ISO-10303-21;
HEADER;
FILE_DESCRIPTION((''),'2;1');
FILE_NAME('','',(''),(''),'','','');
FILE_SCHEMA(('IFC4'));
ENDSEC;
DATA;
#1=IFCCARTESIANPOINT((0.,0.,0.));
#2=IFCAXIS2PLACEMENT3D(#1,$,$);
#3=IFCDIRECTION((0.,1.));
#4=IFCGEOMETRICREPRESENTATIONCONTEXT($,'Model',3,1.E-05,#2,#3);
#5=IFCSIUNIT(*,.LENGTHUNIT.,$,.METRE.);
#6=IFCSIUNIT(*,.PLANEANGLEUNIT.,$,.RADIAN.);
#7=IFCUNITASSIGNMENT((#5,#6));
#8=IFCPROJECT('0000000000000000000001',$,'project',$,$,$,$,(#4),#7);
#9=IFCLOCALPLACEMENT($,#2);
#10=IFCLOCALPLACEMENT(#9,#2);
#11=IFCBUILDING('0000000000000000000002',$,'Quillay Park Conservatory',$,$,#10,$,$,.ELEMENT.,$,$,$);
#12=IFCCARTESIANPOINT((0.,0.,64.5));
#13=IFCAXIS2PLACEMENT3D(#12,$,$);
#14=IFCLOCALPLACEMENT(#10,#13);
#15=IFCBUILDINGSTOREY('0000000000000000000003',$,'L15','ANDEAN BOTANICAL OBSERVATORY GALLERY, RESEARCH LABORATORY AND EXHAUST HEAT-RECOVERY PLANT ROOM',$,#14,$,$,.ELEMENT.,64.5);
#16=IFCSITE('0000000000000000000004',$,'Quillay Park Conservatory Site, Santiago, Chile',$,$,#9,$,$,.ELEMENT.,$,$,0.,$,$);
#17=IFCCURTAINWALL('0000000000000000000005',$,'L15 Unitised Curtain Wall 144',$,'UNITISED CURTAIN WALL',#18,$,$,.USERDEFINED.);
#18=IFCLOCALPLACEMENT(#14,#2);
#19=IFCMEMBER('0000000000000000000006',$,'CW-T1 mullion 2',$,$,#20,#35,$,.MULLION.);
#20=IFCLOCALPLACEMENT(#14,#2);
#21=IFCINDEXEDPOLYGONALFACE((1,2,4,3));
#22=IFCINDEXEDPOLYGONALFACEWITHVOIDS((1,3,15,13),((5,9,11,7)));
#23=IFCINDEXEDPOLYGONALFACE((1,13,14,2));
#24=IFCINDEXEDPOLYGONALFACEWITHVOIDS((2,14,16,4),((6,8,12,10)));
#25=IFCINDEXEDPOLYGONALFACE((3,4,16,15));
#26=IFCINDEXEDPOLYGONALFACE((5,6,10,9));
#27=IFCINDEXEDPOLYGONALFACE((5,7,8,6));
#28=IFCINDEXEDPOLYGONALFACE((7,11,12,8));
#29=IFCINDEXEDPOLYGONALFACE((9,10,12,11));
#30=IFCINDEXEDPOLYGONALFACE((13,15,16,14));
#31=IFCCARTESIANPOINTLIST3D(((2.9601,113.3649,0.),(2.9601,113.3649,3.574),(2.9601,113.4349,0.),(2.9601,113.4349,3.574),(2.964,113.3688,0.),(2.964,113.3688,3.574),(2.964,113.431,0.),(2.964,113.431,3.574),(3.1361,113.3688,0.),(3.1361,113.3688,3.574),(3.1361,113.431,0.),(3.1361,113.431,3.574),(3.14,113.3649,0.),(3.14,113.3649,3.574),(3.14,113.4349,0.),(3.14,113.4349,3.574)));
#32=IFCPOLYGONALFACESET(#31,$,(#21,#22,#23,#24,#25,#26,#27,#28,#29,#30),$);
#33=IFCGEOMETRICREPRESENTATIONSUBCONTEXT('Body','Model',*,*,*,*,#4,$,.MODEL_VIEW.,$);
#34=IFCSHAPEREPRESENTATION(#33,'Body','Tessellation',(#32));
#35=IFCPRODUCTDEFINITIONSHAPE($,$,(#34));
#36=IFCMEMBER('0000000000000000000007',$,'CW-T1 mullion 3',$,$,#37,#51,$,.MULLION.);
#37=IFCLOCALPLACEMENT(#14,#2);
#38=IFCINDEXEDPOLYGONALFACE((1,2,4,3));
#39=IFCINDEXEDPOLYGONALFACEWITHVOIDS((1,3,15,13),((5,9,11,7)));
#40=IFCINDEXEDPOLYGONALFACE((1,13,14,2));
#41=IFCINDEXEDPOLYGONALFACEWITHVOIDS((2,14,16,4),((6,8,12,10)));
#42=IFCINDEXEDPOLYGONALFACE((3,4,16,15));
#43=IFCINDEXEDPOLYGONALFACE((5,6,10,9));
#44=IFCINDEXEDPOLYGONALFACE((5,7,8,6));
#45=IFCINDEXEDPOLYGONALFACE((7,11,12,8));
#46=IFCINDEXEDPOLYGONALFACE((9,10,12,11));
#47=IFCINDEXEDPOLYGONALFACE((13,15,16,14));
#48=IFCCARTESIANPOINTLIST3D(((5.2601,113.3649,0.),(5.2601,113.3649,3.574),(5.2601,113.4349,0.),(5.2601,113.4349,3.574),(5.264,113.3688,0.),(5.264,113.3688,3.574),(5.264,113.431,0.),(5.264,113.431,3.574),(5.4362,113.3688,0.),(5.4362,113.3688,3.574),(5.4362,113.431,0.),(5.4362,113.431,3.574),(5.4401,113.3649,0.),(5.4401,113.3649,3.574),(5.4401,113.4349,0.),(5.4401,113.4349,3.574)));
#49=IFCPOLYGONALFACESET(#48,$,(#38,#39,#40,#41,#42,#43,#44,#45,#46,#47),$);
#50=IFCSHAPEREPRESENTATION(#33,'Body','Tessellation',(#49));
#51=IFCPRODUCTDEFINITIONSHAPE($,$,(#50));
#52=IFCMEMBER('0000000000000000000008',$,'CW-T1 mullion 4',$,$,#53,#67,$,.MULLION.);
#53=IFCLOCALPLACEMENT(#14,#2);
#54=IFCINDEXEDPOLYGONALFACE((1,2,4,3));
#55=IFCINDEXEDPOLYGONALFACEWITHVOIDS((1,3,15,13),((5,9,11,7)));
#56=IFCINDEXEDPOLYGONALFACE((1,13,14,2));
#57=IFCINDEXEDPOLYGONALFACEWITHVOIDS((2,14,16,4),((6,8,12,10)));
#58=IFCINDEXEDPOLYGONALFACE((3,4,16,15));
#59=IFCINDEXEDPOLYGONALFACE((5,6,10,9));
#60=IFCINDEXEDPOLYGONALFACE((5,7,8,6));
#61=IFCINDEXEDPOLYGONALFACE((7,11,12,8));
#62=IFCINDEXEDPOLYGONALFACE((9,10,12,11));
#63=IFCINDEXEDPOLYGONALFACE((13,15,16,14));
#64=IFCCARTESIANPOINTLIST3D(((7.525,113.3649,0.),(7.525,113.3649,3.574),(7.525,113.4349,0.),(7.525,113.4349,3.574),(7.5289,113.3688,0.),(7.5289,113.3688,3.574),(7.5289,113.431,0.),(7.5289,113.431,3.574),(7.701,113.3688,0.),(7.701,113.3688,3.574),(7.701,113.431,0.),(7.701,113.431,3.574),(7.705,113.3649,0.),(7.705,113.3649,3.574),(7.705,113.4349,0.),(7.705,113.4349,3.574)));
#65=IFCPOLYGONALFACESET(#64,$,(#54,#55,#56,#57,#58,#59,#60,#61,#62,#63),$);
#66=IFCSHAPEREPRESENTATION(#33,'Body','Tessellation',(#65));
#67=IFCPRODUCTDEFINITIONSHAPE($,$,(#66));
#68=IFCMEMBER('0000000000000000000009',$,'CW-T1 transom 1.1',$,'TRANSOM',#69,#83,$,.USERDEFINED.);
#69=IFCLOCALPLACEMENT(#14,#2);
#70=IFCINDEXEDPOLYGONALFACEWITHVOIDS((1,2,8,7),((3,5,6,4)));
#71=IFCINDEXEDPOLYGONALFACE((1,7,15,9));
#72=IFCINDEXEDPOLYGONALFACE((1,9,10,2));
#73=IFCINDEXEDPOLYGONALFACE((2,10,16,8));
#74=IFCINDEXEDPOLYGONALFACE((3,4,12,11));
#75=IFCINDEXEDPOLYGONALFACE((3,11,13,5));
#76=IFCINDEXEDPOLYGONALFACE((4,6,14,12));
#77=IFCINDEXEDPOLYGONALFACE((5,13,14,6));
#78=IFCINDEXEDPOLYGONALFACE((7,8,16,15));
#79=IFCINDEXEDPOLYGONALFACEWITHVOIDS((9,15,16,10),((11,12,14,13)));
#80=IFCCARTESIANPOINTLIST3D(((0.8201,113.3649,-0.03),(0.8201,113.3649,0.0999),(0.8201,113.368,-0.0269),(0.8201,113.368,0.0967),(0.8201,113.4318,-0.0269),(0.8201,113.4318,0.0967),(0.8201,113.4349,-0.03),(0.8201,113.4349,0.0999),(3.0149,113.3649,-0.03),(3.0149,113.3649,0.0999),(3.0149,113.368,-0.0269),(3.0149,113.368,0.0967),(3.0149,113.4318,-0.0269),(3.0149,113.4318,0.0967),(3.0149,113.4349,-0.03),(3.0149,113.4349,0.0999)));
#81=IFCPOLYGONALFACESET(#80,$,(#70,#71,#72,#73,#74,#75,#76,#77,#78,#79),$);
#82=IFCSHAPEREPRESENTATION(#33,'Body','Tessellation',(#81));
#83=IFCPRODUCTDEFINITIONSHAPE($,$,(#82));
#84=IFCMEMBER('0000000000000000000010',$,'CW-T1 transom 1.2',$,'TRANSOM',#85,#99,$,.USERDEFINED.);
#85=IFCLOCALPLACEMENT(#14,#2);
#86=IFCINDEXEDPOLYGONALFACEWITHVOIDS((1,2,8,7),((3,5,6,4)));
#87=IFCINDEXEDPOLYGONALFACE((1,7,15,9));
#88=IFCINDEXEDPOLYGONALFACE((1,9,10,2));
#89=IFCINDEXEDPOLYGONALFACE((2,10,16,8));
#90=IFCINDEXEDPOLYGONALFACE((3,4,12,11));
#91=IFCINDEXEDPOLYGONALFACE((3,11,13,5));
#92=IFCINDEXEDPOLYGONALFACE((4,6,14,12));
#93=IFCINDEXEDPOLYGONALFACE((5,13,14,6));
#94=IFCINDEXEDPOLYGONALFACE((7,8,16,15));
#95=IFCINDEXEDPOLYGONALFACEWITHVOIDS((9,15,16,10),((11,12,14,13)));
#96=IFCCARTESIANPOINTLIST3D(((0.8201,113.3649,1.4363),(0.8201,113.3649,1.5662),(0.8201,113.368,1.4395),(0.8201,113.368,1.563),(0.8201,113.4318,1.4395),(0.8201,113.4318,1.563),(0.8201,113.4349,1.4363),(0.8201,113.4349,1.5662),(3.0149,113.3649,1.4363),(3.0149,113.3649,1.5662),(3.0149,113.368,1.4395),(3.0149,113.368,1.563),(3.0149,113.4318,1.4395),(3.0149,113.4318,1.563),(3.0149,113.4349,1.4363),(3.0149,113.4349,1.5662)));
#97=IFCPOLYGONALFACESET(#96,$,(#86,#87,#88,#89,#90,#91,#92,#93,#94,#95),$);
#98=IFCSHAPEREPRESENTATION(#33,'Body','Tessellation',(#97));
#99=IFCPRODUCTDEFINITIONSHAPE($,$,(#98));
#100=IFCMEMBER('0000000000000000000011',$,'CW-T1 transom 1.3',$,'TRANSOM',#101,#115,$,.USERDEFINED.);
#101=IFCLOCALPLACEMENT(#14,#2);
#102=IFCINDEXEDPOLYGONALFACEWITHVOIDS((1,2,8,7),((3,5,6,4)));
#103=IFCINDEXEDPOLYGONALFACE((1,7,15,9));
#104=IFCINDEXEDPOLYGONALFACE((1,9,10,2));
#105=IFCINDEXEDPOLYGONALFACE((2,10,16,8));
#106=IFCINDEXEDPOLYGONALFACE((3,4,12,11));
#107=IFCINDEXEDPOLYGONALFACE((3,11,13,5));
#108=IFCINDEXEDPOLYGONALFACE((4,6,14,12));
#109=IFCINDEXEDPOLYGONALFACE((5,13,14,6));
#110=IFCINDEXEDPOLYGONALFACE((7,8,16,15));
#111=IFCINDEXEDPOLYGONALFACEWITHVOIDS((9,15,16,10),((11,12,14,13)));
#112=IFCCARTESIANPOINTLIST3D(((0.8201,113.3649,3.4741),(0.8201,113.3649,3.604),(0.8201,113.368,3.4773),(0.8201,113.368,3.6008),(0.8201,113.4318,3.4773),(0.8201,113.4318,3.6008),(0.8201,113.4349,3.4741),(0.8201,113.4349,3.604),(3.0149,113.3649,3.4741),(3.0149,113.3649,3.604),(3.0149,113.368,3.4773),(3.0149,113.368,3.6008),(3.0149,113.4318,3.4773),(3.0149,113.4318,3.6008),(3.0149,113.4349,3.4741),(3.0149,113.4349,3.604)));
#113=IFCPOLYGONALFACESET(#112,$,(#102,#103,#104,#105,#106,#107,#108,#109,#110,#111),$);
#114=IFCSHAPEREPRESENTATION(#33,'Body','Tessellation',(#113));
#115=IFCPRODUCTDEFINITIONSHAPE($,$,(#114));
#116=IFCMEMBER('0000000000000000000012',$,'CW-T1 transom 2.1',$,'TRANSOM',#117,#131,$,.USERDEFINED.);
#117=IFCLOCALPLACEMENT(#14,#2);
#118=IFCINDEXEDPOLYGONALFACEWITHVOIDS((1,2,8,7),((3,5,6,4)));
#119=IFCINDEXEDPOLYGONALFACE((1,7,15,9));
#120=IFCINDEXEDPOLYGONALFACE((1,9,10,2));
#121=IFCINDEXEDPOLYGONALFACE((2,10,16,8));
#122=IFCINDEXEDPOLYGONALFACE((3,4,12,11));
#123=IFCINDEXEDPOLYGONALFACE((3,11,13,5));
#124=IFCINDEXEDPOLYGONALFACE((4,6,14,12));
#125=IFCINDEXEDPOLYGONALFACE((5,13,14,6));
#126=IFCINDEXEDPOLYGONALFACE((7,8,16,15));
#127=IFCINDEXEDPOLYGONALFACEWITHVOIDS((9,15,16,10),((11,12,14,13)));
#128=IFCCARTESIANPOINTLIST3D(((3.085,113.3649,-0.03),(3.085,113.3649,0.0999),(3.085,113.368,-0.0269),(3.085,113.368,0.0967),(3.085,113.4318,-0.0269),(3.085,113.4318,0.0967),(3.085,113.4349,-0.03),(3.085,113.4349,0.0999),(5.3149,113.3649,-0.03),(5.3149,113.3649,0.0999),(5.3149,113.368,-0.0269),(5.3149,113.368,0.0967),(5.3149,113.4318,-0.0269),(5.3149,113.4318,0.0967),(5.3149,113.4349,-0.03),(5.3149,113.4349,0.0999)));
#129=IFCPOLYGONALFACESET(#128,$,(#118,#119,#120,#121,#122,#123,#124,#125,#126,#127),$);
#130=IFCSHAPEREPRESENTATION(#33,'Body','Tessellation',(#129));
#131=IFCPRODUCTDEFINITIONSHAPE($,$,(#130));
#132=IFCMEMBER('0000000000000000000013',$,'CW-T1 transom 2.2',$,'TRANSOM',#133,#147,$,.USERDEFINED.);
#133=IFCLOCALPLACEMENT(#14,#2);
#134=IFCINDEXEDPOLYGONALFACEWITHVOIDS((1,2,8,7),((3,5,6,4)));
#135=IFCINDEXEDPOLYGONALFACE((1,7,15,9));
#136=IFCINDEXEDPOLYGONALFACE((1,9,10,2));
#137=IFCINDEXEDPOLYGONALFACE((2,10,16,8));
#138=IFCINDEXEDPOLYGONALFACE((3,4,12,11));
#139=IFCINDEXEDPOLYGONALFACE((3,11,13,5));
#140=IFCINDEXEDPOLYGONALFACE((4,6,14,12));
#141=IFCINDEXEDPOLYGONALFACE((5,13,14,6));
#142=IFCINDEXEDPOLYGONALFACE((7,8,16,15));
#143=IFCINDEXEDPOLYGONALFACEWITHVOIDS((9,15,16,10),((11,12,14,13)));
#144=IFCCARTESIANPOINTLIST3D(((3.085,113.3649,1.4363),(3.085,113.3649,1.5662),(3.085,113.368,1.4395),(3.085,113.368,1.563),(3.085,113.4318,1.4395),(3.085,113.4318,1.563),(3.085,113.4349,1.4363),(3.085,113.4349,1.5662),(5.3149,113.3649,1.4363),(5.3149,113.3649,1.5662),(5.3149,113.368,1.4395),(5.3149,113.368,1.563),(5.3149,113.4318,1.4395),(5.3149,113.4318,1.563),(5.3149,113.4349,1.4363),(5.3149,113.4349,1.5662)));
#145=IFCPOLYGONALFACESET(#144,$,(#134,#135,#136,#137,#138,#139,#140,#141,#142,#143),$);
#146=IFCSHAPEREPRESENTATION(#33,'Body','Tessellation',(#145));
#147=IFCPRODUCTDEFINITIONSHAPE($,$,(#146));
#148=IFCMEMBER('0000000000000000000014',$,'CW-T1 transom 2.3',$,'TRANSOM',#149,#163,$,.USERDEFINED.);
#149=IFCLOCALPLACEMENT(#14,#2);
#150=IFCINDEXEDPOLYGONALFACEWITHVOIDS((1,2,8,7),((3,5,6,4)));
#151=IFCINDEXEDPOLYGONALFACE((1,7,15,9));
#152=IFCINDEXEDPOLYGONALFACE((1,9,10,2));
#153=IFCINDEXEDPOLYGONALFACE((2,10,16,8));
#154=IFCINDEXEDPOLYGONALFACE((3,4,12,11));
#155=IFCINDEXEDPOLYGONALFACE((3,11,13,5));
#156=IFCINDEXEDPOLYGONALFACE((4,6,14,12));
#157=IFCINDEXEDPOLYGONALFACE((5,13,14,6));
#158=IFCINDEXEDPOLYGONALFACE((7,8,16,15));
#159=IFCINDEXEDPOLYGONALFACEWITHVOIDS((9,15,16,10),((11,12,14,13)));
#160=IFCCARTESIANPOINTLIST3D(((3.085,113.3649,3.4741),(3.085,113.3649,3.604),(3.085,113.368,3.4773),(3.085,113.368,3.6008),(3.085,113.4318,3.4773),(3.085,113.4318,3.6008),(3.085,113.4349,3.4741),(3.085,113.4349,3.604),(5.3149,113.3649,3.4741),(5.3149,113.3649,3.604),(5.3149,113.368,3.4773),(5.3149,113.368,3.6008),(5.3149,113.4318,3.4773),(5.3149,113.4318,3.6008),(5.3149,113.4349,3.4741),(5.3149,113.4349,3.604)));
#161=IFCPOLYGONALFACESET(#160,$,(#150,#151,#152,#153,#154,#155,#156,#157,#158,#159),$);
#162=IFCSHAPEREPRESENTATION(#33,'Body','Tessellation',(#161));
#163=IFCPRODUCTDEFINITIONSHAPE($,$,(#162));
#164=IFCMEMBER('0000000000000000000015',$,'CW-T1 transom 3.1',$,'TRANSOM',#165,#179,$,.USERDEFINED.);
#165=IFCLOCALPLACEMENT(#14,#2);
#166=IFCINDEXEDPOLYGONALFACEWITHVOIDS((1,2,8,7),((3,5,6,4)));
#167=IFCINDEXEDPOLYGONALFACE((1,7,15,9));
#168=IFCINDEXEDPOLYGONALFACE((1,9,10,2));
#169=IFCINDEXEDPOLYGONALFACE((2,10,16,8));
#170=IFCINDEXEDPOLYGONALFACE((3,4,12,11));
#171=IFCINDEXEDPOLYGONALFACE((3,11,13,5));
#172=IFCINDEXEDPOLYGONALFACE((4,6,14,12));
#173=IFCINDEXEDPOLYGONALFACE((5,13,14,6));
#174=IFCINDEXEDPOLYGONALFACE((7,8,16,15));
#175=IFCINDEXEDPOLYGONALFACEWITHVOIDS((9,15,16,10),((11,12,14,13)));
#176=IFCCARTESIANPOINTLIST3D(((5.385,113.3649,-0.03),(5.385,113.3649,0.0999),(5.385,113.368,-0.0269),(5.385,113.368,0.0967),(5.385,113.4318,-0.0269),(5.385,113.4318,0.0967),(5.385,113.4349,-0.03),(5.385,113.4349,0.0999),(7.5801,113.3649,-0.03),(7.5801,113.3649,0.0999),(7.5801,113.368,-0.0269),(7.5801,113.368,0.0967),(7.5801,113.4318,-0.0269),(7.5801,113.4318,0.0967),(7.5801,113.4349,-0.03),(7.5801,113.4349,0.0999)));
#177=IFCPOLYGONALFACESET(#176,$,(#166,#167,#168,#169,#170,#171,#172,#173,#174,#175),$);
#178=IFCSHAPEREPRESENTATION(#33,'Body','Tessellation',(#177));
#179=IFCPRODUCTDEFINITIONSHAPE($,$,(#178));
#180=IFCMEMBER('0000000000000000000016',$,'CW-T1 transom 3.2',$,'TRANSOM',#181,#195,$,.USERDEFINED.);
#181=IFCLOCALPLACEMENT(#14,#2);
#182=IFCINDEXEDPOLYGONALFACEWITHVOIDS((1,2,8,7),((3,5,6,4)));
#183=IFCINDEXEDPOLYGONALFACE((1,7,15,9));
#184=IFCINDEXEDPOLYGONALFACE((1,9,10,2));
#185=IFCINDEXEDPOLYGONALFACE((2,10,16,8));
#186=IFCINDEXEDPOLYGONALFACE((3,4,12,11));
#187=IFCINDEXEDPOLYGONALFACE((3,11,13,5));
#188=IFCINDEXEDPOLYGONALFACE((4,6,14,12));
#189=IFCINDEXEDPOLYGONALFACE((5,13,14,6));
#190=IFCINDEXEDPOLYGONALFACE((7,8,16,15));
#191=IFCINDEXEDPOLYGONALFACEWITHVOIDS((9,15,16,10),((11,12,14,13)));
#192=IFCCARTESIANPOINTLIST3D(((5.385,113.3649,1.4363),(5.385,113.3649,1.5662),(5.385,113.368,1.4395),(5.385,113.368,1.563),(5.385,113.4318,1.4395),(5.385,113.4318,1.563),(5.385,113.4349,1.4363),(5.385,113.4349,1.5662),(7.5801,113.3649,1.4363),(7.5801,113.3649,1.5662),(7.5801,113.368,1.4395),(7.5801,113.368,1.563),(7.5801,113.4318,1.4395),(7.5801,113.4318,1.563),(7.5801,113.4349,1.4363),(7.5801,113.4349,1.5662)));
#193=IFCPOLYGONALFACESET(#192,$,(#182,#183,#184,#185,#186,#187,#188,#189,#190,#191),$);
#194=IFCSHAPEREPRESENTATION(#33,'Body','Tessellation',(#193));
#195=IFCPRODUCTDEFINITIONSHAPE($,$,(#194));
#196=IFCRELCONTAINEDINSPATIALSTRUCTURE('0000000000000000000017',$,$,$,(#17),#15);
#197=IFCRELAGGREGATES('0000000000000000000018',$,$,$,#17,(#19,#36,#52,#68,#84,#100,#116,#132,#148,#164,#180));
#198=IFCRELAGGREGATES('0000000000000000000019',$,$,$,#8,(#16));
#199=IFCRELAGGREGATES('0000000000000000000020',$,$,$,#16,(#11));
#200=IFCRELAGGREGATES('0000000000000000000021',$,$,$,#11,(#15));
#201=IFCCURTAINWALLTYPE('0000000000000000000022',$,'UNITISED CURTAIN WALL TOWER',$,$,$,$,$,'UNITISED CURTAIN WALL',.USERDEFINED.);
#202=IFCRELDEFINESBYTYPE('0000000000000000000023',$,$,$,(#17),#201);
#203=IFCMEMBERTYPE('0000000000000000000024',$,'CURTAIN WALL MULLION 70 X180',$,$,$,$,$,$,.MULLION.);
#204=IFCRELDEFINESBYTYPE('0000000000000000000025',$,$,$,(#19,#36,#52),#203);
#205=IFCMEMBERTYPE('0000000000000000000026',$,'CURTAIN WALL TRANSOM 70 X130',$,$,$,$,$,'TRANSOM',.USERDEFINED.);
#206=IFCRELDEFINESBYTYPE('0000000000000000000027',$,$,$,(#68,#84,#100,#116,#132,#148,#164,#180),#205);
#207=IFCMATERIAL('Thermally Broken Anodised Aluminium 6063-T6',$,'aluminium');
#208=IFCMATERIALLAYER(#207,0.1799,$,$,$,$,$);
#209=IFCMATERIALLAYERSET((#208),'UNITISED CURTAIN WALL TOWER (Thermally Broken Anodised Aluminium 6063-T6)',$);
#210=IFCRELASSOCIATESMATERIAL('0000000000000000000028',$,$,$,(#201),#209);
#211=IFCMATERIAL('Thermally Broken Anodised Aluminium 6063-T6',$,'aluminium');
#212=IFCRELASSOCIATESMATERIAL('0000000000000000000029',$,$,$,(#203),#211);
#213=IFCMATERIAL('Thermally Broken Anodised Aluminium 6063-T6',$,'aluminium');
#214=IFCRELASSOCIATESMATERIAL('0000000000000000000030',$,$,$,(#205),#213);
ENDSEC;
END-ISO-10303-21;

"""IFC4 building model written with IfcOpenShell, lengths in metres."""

from ifc_helpers import new_model, si_unit, direction, frame, origin, origin_2d, place, context, subcontext, project, spatial, hollow_rectangle, extrude, material, layer, layer_set, material_profile, profile_set, type_object, element, aggregate, save


model = new_model("IFC4")

# Units and contexts
model_context = context("Model", 3, precision=1e-05, world=origin(), true_north=direction((0.0, 1.0)))
body_context = subcontext(model_context, "Body", "Model", "MODEL_VIEW")
ifc_project = project(units=[si_unit("LENGTHUNIT", "METRE"), si_unit("PLANEANGLEUNIT", "RADIAN")], contexts=[model_context])

# Site, building, storey
site_placement = place(None, origin())
site = spatial("IfcSite", under=ifc_project, at=site_placement, Name="Quillay Park Conservatory Site, Santiago, Chile", CompositionType="ELEMENT", RefElevation=0.0)
building_placement = place(site_placement, origin())
building = spatial("IfcBuilding", under=site, at=building_placement, Name="Quillay Park Conservatory", CompositionType="ELEMENT")
storey_placement = place(building_placement, frame((0.0, 0.0, 64.5)))
storey = spatial("IfcBuildingStorey", under=building, at=storey_placement, Name="L15", Description="ANDEAN BOTANICAL OBSERVATORY GALLERY, RESEARCH LABORATORY AND EXHAUST HEAT-RECOVERY PLANT ROOM", CompositionType="ELEMENT", Elevation=64.5)

# Curtain wall, members
ifc_material_1 = material(Name="Thermally Broken Anodised Aluminium 6063-T6", Category="aluminium")
ifc_layer_1 = layer(ifc_material_1, 0.1799)
ifc_layer_set_1 = layer_set([ifc_layer_1], Name="UNITISED CURTAIN WALL TOWER (Thermally Broken Anodised Aluminium 6063-T6)")
curtain_wall_type = type_object("IfcCurtainWallType", Name="UNITISED CURTAIN WALL TOWER", ElementType="UNITISED CURTAIN WALL", PredefinedType="USERDEFINED", material=ifc_layer_set_1)
curtain_wall_placement = place(storey_placement, origin())
curtain_wall = element("IfcCurtainWall", 1, at=curtain_wall_placement, inside=storey, type_object=curtain_wall_type, Name="L15 Unitised Curtain Wall 144", ObjectType="UNITISED CURTAIN WALL", PredefinedType="USERDEFINED")
ifc_material_2 = material(Name="Thermally Broken Anodised Aluminium 6063-T6", Category="aluminium")
ifc_material_profile_1 = material_profile(ifc_material_2, hollow_rectangle(XDim=0.0701, YDim=0.1799, WallThickness=0.0039, at=origin_2d()), Name="AL70x180x4")
ifc_profile_set_1 = profile_set([ifc_material_profile_1], Name="Thermally Broken Anodised Aluminium 6063-T6")
member_type_1 = type_object("IfcMemberType", Name="CURTAIN WALL MULLION 70 X180", PredefinedType="MULLION", material=ifc_profile_set_1)
member_1_placement = place(storey_placement, frame((3.05, 113.3999, 0.0), z_axis=(0.0, 0.0, 1.0), x_axis=(0.0, 1.0, 0.0)))
member_1 = element("IfcMember", 2, at=member_1_placement, type_object=member_type_1, Name="CW-T1 mullion 2", PredefinedType="MULLION", context=body_context, shape_type="SweptSolid", body=[
    extrude(hollow_rectangle(XDim=0.0701, YDim=0.1799, WallThickness=0.0039, at=origin_2d()), origin(), (0.0, 0.0, 1.0), 3.574),
])
member_2_placement = place(storey_placement, frame((5.3501, 113.3999, 0.0), z_axis=(0.0, 0.0, 1.0), x_axis=(0.0, 1.0, 0.0)))
member_2 = element("IfcMember", 3, at=member_2_placement, type_object=member_type_1, Name="CW-T1 mullion 3", PredefinedType="MULLION", context=body_context, shape_type="SweptSolid", body=[
    extrude(hollow_rectangle(XDim=0.0701, YDim=0.1799, WallThickness=0.0039, at=origin_2d()), origin(), (0.0, 0.0, 1.0), 3.574),
])
member_3_placement = place(storey_placement, frame((7.615, 113.3999, 0.0), z_axis=(0.0, 0.0, 1.0), x_axis=(0.0, 1.0, 0.0)))
member_3 = element("IfcMember", 4, at=member_3_placement, type_object=member_type_1, Name="CW-T1 mullion 4", PredefinedType="MULLION", context=body_context, shape_type="SweptSolid", body=[
    extrude(hollow_rectangle(XDim=0.0701, YDim=0.1799, WallThickness=0.0039, at=origin_2d()), origin(), (0.0, 0.0, 1.0), 3.574),
])
ifc_material_3 = material(Name="Thermally Broken Anodised Aluminium 6063-T6", Category="aluminium")
ifc_material_profile_2 = material_profile(ifc_material_3, hollow_rectangle(XDim=0.0701, YDim=0.1299, WallThickness=0.0032, at=origin_2d()), Name="AL70x130x3.2")
ifc_profile_set_2 = profile_set([ifc_material_profile_2], Name="Thermally Broken Anodised Aluminium 6063-T6")
member_type_2 = type_object("IfcMemberType", Name="CURTAIN WALL TRANSOM 70 X130", ElementType="TRANSOM", PredefinedType="USERDEFINED", material=ifc_profile_set_2)
member_4_placement = place(storey_placement, frame((0.8201, 113.3999, 0.0349), z_axis=(1.0, 0.0, 0.0), x_axis=(0.0, 1.0, 0.0)))
member_4 = element("IfcMember", 5, at=member_4_placement, type_object=member_type_2, Name="CW-T1 transom 1.1", ObjectType="TRANSOM", PredefinedType="USERDEFINED", context=body_context, shape_type="SweptSolid", body=[
    extrude(hollow_rectangle(XDim=0.0701, YDim=0.1299, WallThickness=0.0032, at=origin_2d()), origin(), (0.0, 0.0, 1.0), 2.1948),
])
member_5_placement = place(storey_placement, frame((0.8201, 113.3999, 1.5012), z_axis=(1.0, 0.0, 0.0), x_axis=(0.0, 1.0, 0.0)))
member_5 = element("IfcMember", 6, at=member_5_placement, type_object=member_type_2, Name="CW-T1 transom 1.2", ObjectType="TRANSOM", PredefinedType="USERDEFINED", context=body_context, shape_type="SweptSolid", body=[
    extrude(hollow_rectangle(XDim=0.0701, YDim=0.1299, WallThickness=0.0032, at=origin_2d()), origin(), (0.0, 0.0, 1.0), 2.1948),
])
member_6_placement = place(storey_placement, frame((0.8201, 113.3999, 3.5391), z_axis=(1.0, 0.0, 0.0), x_axis=(0.0, 1.0, 0.0)))
member_6 = element("IfcMember", 7, at=member_6_placement, type_object=member_type_2, Name="CW-T1 transom 1.3", ObjectType="TRANSOM", PredefinedType="USERDEFINED", context=body_context, shape_type="SweptSolid", body=[
    extrude(hollow_rectangle(XDim=0.0701, YDim=0.1299, WallThickness=0.0032, at=origin_2d()), origin(), (0.0, 0.0, 1.0), 2.1948),
])
member_7_placement = place(storey_placement, frame((3.085, 113.3999, 0.0349), z_axis=(1.0, 0.0, 0.0), x_axis=(0.0, 1.0, 0.0)))
member_7 = element("IfcMember", 8, at=member_7_placement, type_object=member_type_2, Name="CW-T1 transom 2.1", ObjectType="TRANSOM", PredefinedType="USERDEFINED", context=body_context, shape_type="SweptSolid", body=[
    extrude(hollow_rectangle(XDim=0.0701, YDim=0.1299, WallThickness=0.0032, at=origin_2d()), origin(), (0.0, 0.0, 1.0), 2.23),
])
member_8_placement = place(storey_placement, frame((3.085, 113.3999, 1.5012), z_axis=(1.0, 0.0, 0.0), x_axis=(0.0, 1.0, 0.0)))
member_8 = element("IfcMember", 9, at=member_8_placement, type_object=member_type_2, Name="CW-T1 transom 2.2", ObjectType="TRANSOM", PredefinedType="USERDEFINED", context=body_context, shape_type="SweptSolid", body=[
    extrude(hollow_rectangle(XDim=0.0701, YDim=0.1299, WallThickness=0.0032, at=origin_2d()), origin(), (0.0, 0.0, 1.0), 2.23),
])
member_9_placement = place(storey_placement, frame((3.085, 113.3999, 3.5391), z_axis=(1.0, 0.0, 0.0), x_axis=(0.0, 1.0, 0.0)))
member_9 = element("IfcMember", 10, at=member_9_placement, type_object=member_type_2, Name="CW-T1 transom 2.3", ObjectType="TRANSOM", PredefinedType="USERDEFINED", context=body_context, shape_type="SweptSolid", body=[
    extrude(hollow_rectangle(XDim=0.0701, YDim=0.1299, WallThickness=0.0032, at=origin_2d()), origin(), (0.0, 0.0, 1.0), 2.23),
])
member_10_placement = place(storey_placement, frame((5.385, 113.3999, 0.0349), z_axis=(1.0, 0.0, 0.0), x_axis=(0.0, 1.0, 0.0)))
member_10 = element("IfcMember", 11, at=member_10_placement, type_object=member_type_2, Name="CW-T1 transom 3.1", ObjectType="TRANSOM", PredefinedType="USERDEFINED", context=body_context, shape_type="SweptSolid", body=[
    extrude(hollow_rectangle(XDim=0.0701, YDim=0.1299, WallThickness=0.0032, at=origin_2d()), origin(), (0.0, 0.0, 1.0), 2.1951),
])
member_11_placement = place(storey_placement, frame((5.385, 113.3999, 1.5012), z_axis=(1.0, 0.0, 0.0), x_axis=(0.0, 1.0, 0.0)))
member_11 = element("IfcMember", 12, at=member_11_placement, type_object=member_type_2, Name="CW-T1 transom 3.2", ObjectType="TRANSOM", PredefinedType="USERDEFINED", context=body_context, shape_type="SweptSolid", body=[
    extrude(hollow_rectangle(XDim=0.0701, YDim=0.1299, WallThickness=0.0032, at=origin_2d()), origin(), (0.0, 0.0, 1.0), 2.1951),
])
aggregate(curtain_wall, [member_1, member_2, member_3, member_4, member_5, member_6, member_7, member_8, member_9, member_10, member_11])

save(model, "model.ifc")
